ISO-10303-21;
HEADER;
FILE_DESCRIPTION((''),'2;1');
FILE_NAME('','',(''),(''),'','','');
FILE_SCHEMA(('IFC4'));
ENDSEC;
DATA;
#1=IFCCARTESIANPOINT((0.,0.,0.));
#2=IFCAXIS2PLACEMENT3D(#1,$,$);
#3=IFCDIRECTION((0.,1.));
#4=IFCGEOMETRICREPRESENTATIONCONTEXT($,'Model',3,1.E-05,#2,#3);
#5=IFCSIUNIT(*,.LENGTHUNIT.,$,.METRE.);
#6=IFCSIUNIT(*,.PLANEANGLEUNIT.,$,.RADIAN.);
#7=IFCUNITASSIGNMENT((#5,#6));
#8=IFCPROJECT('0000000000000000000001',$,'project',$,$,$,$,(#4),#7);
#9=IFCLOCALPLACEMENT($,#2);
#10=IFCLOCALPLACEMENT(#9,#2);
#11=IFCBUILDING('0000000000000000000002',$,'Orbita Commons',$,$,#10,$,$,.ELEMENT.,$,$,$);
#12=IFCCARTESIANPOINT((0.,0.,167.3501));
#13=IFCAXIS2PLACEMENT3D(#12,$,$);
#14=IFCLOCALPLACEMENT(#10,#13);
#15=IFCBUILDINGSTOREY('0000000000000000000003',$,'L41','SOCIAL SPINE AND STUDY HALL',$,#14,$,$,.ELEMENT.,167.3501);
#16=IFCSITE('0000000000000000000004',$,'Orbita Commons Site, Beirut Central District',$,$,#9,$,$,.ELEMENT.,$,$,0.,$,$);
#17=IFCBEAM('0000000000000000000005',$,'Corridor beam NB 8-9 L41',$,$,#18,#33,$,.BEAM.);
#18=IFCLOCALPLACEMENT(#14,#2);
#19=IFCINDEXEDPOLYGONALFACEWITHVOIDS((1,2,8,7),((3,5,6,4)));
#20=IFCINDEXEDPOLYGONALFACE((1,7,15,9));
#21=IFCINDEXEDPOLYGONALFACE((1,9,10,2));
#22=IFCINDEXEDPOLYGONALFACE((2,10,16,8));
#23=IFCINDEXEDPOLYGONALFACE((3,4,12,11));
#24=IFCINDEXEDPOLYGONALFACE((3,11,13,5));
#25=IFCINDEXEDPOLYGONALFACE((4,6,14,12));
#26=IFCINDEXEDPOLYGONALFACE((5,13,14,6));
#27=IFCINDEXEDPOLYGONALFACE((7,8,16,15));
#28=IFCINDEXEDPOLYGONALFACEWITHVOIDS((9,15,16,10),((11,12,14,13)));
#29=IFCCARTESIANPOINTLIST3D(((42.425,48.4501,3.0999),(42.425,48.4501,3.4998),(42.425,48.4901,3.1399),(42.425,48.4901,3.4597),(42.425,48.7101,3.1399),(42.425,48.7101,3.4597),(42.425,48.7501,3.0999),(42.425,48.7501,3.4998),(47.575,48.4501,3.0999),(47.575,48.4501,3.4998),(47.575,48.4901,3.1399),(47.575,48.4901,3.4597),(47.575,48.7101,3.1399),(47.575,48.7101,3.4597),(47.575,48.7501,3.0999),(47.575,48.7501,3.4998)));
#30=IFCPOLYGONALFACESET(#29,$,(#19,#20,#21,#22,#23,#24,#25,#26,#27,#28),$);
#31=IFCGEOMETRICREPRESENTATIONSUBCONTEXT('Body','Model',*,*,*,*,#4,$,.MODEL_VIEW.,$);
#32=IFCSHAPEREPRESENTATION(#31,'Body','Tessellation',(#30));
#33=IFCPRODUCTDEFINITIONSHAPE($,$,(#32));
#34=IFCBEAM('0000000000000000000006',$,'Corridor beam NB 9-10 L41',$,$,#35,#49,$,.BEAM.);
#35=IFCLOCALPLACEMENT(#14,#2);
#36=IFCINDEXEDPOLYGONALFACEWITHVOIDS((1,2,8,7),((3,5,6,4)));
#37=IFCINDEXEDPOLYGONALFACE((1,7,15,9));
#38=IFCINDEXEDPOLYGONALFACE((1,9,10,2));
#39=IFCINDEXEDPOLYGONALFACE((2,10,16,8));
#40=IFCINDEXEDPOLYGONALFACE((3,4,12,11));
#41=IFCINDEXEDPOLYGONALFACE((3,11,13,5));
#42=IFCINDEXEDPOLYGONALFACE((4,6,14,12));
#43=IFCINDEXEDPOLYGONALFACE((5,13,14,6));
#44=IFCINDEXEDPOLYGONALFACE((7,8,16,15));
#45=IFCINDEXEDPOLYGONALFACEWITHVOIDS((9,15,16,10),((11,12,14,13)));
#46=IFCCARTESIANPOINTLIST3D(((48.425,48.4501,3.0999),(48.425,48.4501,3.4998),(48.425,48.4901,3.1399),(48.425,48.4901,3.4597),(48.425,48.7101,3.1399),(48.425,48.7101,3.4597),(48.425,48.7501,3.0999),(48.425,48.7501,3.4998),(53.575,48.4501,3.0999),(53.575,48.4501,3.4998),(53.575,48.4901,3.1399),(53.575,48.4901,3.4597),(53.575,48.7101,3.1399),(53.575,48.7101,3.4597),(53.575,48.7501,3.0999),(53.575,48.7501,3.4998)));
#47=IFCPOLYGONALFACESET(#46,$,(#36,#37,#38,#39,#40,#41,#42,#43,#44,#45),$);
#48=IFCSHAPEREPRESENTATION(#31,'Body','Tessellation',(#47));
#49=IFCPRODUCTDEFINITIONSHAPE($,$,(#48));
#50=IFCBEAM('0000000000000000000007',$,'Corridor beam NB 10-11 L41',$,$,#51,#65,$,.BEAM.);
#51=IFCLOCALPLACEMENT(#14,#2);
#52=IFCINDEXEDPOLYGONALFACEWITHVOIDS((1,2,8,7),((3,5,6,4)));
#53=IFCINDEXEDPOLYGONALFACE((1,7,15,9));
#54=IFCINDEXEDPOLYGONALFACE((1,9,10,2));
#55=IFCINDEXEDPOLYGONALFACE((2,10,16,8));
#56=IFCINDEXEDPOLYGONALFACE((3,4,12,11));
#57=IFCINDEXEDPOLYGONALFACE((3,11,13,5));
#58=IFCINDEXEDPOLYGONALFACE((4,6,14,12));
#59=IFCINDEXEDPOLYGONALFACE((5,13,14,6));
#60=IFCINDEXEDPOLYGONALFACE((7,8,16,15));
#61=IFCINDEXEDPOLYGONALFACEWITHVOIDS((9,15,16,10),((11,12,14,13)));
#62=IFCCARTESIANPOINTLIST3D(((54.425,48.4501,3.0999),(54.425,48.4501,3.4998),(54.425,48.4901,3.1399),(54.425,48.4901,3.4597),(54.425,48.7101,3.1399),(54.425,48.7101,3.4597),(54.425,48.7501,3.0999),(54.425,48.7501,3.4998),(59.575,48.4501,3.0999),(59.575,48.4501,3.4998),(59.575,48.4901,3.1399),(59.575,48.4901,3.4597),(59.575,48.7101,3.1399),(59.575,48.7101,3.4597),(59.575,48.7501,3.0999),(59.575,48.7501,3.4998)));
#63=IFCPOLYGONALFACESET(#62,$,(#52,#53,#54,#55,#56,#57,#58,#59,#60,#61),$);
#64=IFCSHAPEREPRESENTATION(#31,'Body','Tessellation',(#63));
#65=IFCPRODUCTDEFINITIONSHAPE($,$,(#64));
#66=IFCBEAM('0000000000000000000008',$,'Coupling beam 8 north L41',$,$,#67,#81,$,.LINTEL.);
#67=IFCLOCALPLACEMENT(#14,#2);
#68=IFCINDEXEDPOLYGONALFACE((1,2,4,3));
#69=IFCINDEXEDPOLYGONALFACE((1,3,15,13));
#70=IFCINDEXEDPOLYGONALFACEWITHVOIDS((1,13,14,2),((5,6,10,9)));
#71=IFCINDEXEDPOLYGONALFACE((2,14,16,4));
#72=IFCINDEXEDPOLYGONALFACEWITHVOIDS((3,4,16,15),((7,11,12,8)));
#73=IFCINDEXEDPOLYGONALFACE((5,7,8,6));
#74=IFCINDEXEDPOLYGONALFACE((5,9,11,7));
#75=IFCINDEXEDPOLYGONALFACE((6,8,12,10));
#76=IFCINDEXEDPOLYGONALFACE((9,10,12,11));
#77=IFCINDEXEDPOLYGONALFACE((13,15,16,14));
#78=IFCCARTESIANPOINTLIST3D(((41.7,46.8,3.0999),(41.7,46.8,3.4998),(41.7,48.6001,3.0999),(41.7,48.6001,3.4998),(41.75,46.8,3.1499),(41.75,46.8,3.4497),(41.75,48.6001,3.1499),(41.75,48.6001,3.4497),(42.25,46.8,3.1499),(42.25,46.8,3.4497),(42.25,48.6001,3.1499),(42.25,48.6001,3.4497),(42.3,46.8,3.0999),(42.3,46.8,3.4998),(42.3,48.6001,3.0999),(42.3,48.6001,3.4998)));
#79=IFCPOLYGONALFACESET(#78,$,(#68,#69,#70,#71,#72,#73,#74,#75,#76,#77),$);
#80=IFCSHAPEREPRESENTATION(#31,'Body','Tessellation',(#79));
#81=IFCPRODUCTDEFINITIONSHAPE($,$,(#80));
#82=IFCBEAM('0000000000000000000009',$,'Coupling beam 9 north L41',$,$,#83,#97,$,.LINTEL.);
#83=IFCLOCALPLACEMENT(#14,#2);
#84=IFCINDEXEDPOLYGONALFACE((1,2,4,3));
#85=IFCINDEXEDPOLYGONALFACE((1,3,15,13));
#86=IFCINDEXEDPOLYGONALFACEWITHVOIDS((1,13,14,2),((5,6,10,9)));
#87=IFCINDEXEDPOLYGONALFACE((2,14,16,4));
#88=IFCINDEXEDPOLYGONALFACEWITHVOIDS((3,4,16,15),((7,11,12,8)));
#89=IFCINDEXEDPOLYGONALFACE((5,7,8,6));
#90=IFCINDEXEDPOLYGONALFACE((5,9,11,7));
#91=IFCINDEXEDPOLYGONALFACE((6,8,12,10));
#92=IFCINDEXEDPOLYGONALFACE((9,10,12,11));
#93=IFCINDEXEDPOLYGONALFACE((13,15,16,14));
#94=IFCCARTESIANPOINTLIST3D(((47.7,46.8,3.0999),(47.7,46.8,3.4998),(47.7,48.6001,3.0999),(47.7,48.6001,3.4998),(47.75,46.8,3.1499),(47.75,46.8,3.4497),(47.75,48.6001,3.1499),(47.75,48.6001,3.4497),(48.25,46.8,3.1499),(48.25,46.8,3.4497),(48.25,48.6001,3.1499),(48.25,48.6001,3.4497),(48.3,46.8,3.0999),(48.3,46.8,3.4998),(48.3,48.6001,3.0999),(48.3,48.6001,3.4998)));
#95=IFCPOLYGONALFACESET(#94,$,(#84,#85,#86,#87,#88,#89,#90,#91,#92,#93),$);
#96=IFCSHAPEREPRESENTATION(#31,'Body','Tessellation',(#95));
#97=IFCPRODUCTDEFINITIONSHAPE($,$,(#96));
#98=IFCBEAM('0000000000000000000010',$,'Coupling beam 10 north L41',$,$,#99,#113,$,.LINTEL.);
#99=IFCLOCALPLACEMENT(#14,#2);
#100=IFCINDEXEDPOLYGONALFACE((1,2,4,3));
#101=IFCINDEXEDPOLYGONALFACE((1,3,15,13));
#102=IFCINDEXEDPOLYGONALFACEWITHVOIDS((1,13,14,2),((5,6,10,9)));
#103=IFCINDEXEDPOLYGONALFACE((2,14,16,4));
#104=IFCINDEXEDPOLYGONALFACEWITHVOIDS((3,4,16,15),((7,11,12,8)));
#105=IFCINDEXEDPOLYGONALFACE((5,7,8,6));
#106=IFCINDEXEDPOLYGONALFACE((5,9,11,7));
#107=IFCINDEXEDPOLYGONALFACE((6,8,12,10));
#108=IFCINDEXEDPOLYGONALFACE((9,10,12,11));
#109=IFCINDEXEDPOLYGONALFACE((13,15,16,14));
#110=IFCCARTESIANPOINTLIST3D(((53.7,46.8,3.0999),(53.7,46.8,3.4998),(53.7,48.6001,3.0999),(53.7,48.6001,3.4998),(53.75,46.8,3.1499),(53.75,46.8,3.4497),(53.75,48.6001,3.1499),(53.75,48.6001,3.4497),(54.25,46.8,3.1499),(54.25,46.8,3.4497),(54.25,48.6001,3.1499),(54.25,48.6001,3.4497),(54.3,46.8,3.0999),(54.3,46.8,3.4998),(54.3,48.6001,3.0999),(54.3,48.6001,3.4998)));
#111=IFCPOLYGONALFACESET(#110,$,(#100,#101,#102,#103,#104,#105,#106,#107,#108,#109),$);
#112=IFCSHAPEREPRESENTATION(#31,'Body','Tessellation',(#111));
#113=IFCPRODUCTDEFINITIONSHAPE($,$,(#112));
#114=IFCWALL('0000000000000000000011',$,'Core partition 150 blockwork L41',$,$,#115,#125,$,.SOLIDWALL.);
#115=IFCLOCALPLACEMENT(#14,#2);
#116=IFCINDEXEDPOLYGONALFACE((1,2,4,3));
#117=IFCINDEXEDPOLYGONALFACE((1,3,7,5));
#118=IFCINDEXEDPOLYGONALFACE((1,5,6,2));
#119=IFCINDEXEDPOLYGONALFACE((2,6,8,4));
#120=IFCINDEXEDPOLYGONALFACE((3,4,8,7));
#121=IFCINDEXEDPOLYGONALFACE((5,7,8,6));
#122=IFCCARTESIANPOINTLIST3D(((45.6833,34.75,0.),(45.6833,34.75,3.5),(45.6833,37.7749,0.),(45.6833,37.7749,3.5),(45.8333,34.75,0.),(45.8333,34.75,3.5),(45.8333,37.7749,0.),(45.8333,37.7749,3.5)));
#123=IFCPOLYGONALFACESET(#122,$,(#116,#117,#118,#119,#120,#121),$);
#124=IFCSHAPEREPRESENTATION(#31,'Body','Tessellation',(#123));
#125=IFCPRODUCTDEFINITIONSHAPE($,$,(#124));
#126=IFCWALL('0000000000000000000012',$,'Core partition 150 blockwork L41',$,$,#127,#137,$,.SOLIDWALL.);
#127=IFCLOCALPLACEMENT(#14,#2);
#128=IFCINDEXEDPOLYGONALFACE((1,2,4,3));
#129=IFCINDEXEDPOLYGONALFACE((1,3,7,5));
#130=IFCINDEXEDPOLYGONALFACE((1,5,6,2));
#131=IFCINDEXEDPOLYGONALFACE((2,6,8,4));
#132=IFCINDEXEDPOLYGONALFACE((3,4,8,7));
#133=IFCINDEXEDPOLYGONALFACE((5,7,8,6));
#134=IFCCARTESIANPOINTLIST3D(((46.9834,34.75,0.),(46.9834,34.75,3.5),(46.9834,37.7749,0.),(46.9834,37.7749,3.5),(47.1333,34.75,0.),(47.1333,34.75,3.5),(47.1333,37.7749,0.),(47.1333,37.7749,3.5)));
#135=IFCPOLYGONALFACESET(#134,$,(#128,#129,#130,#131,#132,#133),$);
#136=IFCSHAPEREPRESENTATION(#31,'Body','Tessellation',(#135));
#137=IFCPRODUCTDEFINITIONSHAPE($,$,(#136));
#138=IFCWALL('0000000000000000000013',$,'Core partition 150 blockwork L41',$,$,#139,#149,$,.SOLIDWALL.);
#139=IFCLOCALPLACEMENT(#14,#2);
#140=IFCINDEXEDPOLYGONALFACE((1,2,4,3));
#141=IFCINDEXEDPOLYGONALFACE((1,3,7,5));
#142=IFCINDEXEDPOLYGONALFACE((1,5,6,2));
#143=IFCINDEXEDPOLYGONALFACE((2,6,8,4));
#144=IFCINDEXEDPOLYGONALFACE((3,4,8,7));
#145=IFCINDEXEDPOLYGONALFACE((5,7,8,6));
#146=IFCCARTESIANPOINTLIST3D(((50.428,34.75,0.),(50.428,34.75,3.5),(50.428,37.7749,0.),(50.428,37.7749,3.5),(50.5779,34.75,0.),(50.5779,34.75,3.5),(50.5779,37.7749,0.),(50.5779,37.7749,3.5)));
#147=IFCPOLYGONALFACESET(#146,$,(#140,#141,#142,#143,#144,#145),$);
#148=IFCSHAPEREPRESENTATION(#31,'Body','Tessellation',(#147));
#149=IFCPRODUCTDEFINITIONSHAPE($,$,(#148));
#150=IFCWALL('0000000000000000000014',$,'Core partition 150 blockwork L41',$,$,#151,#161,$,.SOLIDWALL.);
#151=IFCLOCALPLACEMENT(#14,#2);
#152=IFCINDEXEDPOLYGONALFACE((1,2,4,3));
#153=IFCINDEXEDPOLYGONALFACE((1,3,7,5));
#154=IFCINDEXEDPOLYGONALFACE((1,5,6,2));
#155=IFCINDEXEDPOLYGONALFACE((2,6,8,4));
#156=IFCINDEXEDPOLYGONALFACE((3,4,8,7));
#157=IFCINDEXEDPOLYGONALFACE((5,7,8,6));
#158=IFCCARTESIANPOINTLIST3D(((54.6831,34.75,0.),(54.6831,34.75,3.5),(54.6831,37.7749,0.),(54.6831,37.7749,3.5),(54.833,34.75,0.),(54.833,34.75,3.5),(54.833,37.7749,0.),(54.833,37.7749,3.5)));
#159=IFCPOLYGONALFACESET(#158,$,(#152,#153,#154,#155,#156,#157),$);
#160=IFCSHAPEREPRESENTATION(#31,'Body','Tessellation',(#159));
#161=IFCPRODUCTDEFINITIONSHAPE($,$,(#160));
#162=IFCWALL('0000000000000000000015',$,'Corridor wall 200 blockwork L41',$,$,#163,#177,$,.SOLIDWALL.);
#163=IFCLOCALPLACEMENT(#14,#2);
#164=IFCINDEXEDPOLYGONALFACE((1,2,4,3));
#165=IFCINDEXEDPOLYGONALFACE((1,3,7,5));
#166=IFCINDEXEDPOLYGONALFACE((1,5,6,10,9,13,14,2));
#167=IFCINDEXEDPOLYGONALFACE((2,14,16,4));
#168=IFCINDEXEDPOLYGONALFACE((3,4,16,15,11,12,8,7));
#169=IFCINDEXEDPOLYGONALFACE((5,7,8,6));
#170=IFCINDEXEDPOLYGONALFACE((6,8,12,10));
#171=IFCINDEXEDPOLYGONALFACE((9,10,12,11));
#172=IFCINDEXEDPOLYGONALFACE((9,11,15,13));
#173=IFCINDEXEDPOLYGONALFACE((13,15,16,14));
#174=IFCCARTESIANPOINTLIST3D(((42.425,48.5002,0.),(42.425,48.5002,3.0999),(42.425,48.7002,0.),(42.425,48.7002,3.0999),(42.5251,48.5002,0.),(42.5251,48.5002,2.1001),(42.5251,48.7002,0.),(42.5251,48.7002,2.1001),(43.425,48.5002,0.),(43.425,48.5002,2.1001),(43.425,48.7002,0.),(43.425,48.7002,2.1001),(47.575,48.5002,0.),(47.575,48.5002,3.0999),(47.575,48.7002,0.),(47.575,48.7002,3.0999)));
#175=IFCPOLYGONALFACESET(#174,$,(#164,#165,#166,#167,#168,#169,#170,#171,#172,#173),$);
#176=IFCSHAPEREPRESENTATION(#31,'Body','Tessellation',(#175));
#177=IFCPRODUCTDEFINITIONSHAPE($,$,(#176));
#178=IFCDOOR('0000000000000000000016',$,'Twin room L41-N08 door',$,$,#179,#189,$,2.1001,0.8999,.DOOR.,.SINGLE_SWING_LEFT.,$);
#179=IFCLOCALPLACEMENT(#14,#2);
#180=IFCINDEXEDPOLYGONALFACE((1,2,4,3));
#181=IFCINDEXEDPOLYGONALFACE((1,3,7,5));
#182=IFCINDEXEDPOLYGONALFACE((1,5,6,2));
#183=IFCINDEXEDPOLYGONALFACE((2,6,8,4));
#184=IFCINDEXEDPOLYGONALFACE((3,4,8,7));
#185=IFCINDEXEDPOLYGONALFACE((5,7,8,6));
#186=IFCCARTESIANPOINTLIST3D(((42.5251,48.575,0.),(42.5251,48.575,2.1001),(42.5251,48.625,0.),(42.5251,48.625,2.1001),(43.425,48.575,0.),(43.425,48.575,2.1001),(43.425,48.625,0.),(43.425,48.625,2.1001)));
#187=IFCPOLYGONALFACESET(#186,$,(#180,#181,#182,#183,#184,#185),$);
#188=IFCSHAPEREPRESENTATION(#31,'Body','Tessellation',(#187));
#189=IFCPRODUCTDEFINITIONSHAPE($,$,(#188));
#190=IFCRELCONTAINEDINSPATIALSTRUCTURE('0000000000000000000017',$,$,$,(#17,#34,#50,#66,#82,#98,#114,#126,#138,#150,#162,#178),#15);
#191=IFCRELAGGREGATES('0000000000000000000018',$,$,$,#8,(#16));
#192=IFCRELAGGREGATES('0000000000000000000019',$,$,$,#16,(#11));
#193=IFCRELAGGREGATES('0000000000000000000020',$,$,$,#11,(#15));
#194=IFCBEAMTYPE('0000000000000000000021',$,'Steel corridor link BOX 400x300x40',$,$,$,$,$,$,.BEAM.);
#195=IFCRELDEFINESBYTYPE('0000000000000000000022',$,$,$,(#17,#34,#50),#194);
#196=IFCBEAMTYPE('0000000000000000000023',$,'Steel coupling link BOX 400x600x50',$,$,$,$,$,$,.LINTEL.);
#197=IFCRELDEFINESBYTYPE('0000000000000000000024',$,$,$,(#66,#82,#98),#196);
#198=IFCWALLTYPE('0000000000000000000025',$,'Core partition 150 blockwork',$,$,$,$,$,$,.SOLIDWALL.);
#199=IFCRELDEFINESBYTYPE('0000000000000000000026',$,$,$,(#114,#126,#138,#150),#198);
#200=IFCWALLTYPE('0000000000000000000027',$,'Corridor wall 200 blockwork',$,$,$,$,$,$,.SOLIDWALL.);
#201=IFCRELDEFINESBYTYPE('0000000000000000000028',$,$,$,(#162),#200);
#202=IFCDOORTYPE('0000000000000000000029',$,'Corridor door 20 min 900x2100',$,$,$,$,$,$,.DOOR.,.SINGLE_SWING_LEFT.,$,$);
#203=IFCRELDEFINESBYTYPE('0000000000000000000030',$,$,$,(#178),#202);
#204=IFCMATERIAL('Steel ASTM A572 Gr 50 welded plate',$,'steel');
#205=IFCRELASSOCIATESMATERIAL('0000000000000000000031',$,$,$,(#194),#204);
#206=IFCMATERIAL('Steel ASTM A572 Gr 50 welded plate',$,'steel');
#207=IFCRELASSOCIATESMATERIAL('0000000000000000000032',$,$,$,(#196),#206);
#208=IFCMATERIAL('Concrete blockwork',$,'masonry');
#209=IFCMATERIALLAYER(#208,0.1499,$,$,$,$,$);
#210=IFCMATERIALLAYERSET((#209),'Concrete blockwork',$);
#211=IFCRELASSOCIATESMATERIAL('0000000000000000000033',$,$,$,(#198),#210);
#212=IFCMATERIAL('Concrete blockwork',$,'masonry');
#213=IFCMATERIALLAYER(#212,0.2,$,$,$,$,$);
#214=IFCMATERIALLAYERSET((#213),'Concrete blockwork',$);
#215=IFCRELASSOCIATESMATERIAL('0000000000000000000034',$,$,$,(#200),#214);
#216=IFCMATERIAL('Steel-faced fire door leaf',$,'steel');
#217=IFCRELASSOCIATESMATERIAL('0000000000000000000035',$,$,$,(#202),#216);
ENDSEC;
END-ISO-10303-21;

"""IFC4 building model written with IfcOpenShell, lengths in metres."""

from ifc_helpers import new_model, si_unit, direction, frame, frame_2d, origin, origin_2d, place, context, subcontext, project, spatial, polyline, rectangle, hollow_rectangle, outline, extrude, material, layer, layer_set, material_profile, profile_set, type_object, element, fill, save


model = new_model("IFC4")

# Units and contexts
model_context = context("Model", 3, precision=1e-05, world=origin(), true_north=direction((0.0, 1.0)))
body_context = subcontext(model_context, "Body", "Model", "MODEL_VIEW")
ifc_project = project(units=[si_unit("LENGTHUNIT", "METRE"), si_unit("PLANEANGLEUNIT", "RADIAN")], contexts=[model_context])

# Site, building, storey
site_placement = place(None, origin())
site = spatial("IfcSite", under=ifc_project, at=site_placement, Name="Orbita Commons Site, Beirut Central District", CompositionType="ELEMENT", RefElevation=0.0)
building_placement = place(site_placement, origin())
building = spatial("IfcBuilding", under=site, at=building_placement, Name="Orbita Commons", CompositionType="ELEMENT")
storey_placement = place(building_placement, frame((0.0, 0.0, 167.3501)))
storey = spatial("IfcBuildingStorey", under=building, at=storey_placement, Name="L41", Description="SOCIAL SPINE AND STUDY HALL", CompositionType="ELEMENT", Elevation=167.3501)

# Beams
ifc_material_1 = material(Name="Steel ASTM A572 Gr 50 welded plate", Category="steel")
ifc_material_profile_1 = material_profile(ifc_material_1, hollow_rectangle(XDim=0.3, YDim=0.3999, WallThickness=0.04, at=origin_2d()), Name="BOX 400x300x40")
ifc_profile_set_1 = profile_set([ifc_material_profile_1], Name="Steel ASTM A572 Gr 50 welded plate")
beam_type_1 = type_object("IfcBeamType", Name="Steel corridor link BOX 400x300x40", PredefinedType="BEAM", material=ifc_profile_set_1)
for number, where, z_axis, x_axis, name in (
    (1, (42.425, 48.6001, 3.2998), (1.0, 0.0, 0.0), (0.0, 1.0, 0.0), "Corridor beam NB 8-9 L41"),
    (2, (48.425, 48.6001, 3.2998), (1.0, 0.0, 0.0), (0.0, 1.0, 0.0), "Corridor beam NB 9-10 L41"),
    (3, (54.425, 48.6001, 3.2998), (1.0, 0.0, 0.0), (0.0, 1.0, 0.0), "Corridor beam NB 10-11 L41"),
):
    element("IfcBeam", number, at=place(storey_placement, frame(where, z_axis=z_axis, x_axis=x_axis)), inside=storey, type_object=beam_type_1, Name=name, PredefinedType="BEAM", context=body_context, shape_type="SweptSolid", body=[
        extrude(hollow_rectangle(XDim=0.3, YDim=0.3999, WallThickness=0.04, at=origin_2d()), origin(), (0.0, 0.0, 1.0), 5.1499),
    ])
ifc_material_2 = material(Name="Steel ASTM A572 Gr 50 welded plate", Category="steel")
ifc_material_profile_2 = material_profile(ifc_material_2, hollow_rectangle(XDim=0.6001, YDim=0.3999, WallThickness=0.05, at=origin_2d()), Name="BOX 400x600x50")
ifc_profile_set_2 = profile_set([ifc_material_profile_2], Name="Steel ASTM A572 Gr 50 welded plate")
beam_type_2 = type_object("IfcBeamType", Name="Steel coupling link BOX 400x600x50", PredefinedType="LINTEL", material=ifc_profile_set_2)
for number, where, z_axis, x_axis, name in (
    (4, (42.0, 46.8, 3.2998), (0.0, 1.0, 0.0), (-1.0, 0.0, 0.0), "Coupling beam 8 north L41"),
    (5, (48.0, 46.8, 3.2998), (0.0, 1.0, 0.0), (-1.0, 0.0, 0.0), "Coupling beam 9 north L41"),
    (6, (54.0, 46.8, 3.2998), (0.0, 1.0, 0.0), (-1.0, 0.0, 0.0), "Coupling beam 10 north L41"),
):
    element("IfcBeam", number, at=place(storey_placement, frame(where, z_axis=z_axis, x_axis=x_axis)), inside=storey, type_object=beam_type_2, Name=name, PredefinedType="LINTEL", context=body_context, shape_type="SweptSolid", body=[
        extrude(hollow_rectangle(XDim=0.6001, YDim=0.3999, WallThickness=0.05, at=origin_2d()), origin(), (0.0, 0.0, 1.0), 1.8),
    ])

# Walls
ifc_material_3 = material(Name="Concrete blockwork", Category="masonry")
ifc_layer_1 = layer(ifc_material_3, 0.1499)
ifc_layer_set_1 = layer_set([ifc_layer_1], Name="Concrete blockwork")
wall_type_1 = type_object("IfcWallType", Name="Core partition 150 blockwork", PredefinedType="SOLIDWALL", material=ifc_layer_set_1)
for number, where, z_axis, x_axis, name in (
    (7, (45.7583, 34.75, 0.0), (0.0, 0.0, 1.0), (0.0, 1.0, 0.0), "Core partition 150 blockwork L41"),
    (8, (47.0583, 34.75, 0.0), (0.0, 0.0, 1.0), (0.0, 1.0, 0.0), "Core partition 150 blockwork L41"),
    (9, (50.5029, 34.75, 0.0), (0.0, 0.0, 1.0), (0.0, 1.0, 0.0), "Core partition 150 blockwork L41"),
    (10, (54.7581, 34.75, 0.0), (0.0, 0.0, 1.0), (0.0, 1.0, 0.0), "Core partition 150 blockwork L41"),
):
    element("IfcWall", number, at=place(storey_placement, frame(where, z_axis=z_axis, x_axis=x_axis)), inside=storey, type_object=wall_type_1, Name=name, PredefinedType="SOLIDWALL", context=body_context, shape_type="SweptSolid", body=[
        extrude(rectangle(XDim=3.0249, YDim=0.1499, at=frame_2d((1.5125, 0.0))), origin(), (0.0, 0.0, 1.0), 3.5),
    ])

# Wall, opening, door
ifc_material_4 = material(Name="Concrete blockwork", Category="masonry")
ifc_layer_2 = layer(ifc_material_4, 0.2)
ifc_layer_set_2 = layer_set([ifc_layer_2], Name="Concrete blockwork")
wall_type_2 = type_object("IfcWallType", Name="Corridor wall 200 blockwork", PredefinedType="SOLIDWALL", material=ifc_layer_set_2)
wall_1_placement = place(storey_placement, frame((42.425, 48.6001, 0.0), z_axis=(0.0, 0.0, 1.0), x_axis=(1.0, 0.0, 0.0)))
wall_1 = element("IfcWall", 11, at=wall_1_placement, inside=storey, type_object=wall_type_2, Name="Corridor wall 200 blockwork L41", PredefinedType="SOLIDWALL", context=body_context, shape_type="SweptSolid", body=[
    extrude(outline(polyline([(0.0, 0.0), (5.1499, 0.0), (5.1499, 3.0999), (0.0, 3.0999), (0.0, 0.0)])), frame((0.0, 0.1001, 0.0), z_axis=(0.0, -1.0, 0.0), x_axis=(1.0, 0.0, 0.0)), (0.0, 0.0, 1.0), 0.2),
])
opening_1_placement = place(wall_1_placement, frame((0.1001, 0.0, 0.0)))
opening_1 = element("IfcOpeningElement", 12, at=opening_1_placement, cuts=wall_1, PredefinedType="OPENING", context=body_context, shape_type="SweptSolid", body=[
    extrude(rectangle(XDim=0.8999, YDim=2.1001, at=frame_2d((0.45, 1.05))), frame((0.0, 0.1099, 0.0), z_axis=(0.0, -1.0, 0.0), x_axis=(1.0, 0.0, 0.0)), (0.0, 0.0, 1.0), 0.22),
])
ifc_material_5 = material(Name="Steel-faced fire door leaf", Category="steel")
door_type_1 = type_object("IfcDoorType", Name="Corridor door 20 min 900x2100", OperationType="SINGLE_SWING_LEFT", PredefinedType="DOOR", material=ifc_material_5)
door_1_placement = place(opening_1_placement, origin())
door_1 = element("IfcDoor", 13, at=door_1_placement, inside=storey, type_object=door_type_1, Name="Twin room L41-N08 door", OperationType="SINGLE_SWING_LEFT", OverallHeight=2.1001, OverallWidth=0.8999, PredefinedType="DOOR", context=body_context, shape_type="SweptSolid", body=[
    extrude(rectangle(XDim=0.8999, YDim=2.1001, at=frame_2d((0.45, 1.05))), frame((0.0, 0.0249, 0.0), z_axis=(0.0, -1.0, 0.0), x_axis=(1.0, 0.0, 0.0)), (0.0, 0.0, 1.0), 0.05),
])
fill(opening_1, door_1)

save(model, "model.ifc")
